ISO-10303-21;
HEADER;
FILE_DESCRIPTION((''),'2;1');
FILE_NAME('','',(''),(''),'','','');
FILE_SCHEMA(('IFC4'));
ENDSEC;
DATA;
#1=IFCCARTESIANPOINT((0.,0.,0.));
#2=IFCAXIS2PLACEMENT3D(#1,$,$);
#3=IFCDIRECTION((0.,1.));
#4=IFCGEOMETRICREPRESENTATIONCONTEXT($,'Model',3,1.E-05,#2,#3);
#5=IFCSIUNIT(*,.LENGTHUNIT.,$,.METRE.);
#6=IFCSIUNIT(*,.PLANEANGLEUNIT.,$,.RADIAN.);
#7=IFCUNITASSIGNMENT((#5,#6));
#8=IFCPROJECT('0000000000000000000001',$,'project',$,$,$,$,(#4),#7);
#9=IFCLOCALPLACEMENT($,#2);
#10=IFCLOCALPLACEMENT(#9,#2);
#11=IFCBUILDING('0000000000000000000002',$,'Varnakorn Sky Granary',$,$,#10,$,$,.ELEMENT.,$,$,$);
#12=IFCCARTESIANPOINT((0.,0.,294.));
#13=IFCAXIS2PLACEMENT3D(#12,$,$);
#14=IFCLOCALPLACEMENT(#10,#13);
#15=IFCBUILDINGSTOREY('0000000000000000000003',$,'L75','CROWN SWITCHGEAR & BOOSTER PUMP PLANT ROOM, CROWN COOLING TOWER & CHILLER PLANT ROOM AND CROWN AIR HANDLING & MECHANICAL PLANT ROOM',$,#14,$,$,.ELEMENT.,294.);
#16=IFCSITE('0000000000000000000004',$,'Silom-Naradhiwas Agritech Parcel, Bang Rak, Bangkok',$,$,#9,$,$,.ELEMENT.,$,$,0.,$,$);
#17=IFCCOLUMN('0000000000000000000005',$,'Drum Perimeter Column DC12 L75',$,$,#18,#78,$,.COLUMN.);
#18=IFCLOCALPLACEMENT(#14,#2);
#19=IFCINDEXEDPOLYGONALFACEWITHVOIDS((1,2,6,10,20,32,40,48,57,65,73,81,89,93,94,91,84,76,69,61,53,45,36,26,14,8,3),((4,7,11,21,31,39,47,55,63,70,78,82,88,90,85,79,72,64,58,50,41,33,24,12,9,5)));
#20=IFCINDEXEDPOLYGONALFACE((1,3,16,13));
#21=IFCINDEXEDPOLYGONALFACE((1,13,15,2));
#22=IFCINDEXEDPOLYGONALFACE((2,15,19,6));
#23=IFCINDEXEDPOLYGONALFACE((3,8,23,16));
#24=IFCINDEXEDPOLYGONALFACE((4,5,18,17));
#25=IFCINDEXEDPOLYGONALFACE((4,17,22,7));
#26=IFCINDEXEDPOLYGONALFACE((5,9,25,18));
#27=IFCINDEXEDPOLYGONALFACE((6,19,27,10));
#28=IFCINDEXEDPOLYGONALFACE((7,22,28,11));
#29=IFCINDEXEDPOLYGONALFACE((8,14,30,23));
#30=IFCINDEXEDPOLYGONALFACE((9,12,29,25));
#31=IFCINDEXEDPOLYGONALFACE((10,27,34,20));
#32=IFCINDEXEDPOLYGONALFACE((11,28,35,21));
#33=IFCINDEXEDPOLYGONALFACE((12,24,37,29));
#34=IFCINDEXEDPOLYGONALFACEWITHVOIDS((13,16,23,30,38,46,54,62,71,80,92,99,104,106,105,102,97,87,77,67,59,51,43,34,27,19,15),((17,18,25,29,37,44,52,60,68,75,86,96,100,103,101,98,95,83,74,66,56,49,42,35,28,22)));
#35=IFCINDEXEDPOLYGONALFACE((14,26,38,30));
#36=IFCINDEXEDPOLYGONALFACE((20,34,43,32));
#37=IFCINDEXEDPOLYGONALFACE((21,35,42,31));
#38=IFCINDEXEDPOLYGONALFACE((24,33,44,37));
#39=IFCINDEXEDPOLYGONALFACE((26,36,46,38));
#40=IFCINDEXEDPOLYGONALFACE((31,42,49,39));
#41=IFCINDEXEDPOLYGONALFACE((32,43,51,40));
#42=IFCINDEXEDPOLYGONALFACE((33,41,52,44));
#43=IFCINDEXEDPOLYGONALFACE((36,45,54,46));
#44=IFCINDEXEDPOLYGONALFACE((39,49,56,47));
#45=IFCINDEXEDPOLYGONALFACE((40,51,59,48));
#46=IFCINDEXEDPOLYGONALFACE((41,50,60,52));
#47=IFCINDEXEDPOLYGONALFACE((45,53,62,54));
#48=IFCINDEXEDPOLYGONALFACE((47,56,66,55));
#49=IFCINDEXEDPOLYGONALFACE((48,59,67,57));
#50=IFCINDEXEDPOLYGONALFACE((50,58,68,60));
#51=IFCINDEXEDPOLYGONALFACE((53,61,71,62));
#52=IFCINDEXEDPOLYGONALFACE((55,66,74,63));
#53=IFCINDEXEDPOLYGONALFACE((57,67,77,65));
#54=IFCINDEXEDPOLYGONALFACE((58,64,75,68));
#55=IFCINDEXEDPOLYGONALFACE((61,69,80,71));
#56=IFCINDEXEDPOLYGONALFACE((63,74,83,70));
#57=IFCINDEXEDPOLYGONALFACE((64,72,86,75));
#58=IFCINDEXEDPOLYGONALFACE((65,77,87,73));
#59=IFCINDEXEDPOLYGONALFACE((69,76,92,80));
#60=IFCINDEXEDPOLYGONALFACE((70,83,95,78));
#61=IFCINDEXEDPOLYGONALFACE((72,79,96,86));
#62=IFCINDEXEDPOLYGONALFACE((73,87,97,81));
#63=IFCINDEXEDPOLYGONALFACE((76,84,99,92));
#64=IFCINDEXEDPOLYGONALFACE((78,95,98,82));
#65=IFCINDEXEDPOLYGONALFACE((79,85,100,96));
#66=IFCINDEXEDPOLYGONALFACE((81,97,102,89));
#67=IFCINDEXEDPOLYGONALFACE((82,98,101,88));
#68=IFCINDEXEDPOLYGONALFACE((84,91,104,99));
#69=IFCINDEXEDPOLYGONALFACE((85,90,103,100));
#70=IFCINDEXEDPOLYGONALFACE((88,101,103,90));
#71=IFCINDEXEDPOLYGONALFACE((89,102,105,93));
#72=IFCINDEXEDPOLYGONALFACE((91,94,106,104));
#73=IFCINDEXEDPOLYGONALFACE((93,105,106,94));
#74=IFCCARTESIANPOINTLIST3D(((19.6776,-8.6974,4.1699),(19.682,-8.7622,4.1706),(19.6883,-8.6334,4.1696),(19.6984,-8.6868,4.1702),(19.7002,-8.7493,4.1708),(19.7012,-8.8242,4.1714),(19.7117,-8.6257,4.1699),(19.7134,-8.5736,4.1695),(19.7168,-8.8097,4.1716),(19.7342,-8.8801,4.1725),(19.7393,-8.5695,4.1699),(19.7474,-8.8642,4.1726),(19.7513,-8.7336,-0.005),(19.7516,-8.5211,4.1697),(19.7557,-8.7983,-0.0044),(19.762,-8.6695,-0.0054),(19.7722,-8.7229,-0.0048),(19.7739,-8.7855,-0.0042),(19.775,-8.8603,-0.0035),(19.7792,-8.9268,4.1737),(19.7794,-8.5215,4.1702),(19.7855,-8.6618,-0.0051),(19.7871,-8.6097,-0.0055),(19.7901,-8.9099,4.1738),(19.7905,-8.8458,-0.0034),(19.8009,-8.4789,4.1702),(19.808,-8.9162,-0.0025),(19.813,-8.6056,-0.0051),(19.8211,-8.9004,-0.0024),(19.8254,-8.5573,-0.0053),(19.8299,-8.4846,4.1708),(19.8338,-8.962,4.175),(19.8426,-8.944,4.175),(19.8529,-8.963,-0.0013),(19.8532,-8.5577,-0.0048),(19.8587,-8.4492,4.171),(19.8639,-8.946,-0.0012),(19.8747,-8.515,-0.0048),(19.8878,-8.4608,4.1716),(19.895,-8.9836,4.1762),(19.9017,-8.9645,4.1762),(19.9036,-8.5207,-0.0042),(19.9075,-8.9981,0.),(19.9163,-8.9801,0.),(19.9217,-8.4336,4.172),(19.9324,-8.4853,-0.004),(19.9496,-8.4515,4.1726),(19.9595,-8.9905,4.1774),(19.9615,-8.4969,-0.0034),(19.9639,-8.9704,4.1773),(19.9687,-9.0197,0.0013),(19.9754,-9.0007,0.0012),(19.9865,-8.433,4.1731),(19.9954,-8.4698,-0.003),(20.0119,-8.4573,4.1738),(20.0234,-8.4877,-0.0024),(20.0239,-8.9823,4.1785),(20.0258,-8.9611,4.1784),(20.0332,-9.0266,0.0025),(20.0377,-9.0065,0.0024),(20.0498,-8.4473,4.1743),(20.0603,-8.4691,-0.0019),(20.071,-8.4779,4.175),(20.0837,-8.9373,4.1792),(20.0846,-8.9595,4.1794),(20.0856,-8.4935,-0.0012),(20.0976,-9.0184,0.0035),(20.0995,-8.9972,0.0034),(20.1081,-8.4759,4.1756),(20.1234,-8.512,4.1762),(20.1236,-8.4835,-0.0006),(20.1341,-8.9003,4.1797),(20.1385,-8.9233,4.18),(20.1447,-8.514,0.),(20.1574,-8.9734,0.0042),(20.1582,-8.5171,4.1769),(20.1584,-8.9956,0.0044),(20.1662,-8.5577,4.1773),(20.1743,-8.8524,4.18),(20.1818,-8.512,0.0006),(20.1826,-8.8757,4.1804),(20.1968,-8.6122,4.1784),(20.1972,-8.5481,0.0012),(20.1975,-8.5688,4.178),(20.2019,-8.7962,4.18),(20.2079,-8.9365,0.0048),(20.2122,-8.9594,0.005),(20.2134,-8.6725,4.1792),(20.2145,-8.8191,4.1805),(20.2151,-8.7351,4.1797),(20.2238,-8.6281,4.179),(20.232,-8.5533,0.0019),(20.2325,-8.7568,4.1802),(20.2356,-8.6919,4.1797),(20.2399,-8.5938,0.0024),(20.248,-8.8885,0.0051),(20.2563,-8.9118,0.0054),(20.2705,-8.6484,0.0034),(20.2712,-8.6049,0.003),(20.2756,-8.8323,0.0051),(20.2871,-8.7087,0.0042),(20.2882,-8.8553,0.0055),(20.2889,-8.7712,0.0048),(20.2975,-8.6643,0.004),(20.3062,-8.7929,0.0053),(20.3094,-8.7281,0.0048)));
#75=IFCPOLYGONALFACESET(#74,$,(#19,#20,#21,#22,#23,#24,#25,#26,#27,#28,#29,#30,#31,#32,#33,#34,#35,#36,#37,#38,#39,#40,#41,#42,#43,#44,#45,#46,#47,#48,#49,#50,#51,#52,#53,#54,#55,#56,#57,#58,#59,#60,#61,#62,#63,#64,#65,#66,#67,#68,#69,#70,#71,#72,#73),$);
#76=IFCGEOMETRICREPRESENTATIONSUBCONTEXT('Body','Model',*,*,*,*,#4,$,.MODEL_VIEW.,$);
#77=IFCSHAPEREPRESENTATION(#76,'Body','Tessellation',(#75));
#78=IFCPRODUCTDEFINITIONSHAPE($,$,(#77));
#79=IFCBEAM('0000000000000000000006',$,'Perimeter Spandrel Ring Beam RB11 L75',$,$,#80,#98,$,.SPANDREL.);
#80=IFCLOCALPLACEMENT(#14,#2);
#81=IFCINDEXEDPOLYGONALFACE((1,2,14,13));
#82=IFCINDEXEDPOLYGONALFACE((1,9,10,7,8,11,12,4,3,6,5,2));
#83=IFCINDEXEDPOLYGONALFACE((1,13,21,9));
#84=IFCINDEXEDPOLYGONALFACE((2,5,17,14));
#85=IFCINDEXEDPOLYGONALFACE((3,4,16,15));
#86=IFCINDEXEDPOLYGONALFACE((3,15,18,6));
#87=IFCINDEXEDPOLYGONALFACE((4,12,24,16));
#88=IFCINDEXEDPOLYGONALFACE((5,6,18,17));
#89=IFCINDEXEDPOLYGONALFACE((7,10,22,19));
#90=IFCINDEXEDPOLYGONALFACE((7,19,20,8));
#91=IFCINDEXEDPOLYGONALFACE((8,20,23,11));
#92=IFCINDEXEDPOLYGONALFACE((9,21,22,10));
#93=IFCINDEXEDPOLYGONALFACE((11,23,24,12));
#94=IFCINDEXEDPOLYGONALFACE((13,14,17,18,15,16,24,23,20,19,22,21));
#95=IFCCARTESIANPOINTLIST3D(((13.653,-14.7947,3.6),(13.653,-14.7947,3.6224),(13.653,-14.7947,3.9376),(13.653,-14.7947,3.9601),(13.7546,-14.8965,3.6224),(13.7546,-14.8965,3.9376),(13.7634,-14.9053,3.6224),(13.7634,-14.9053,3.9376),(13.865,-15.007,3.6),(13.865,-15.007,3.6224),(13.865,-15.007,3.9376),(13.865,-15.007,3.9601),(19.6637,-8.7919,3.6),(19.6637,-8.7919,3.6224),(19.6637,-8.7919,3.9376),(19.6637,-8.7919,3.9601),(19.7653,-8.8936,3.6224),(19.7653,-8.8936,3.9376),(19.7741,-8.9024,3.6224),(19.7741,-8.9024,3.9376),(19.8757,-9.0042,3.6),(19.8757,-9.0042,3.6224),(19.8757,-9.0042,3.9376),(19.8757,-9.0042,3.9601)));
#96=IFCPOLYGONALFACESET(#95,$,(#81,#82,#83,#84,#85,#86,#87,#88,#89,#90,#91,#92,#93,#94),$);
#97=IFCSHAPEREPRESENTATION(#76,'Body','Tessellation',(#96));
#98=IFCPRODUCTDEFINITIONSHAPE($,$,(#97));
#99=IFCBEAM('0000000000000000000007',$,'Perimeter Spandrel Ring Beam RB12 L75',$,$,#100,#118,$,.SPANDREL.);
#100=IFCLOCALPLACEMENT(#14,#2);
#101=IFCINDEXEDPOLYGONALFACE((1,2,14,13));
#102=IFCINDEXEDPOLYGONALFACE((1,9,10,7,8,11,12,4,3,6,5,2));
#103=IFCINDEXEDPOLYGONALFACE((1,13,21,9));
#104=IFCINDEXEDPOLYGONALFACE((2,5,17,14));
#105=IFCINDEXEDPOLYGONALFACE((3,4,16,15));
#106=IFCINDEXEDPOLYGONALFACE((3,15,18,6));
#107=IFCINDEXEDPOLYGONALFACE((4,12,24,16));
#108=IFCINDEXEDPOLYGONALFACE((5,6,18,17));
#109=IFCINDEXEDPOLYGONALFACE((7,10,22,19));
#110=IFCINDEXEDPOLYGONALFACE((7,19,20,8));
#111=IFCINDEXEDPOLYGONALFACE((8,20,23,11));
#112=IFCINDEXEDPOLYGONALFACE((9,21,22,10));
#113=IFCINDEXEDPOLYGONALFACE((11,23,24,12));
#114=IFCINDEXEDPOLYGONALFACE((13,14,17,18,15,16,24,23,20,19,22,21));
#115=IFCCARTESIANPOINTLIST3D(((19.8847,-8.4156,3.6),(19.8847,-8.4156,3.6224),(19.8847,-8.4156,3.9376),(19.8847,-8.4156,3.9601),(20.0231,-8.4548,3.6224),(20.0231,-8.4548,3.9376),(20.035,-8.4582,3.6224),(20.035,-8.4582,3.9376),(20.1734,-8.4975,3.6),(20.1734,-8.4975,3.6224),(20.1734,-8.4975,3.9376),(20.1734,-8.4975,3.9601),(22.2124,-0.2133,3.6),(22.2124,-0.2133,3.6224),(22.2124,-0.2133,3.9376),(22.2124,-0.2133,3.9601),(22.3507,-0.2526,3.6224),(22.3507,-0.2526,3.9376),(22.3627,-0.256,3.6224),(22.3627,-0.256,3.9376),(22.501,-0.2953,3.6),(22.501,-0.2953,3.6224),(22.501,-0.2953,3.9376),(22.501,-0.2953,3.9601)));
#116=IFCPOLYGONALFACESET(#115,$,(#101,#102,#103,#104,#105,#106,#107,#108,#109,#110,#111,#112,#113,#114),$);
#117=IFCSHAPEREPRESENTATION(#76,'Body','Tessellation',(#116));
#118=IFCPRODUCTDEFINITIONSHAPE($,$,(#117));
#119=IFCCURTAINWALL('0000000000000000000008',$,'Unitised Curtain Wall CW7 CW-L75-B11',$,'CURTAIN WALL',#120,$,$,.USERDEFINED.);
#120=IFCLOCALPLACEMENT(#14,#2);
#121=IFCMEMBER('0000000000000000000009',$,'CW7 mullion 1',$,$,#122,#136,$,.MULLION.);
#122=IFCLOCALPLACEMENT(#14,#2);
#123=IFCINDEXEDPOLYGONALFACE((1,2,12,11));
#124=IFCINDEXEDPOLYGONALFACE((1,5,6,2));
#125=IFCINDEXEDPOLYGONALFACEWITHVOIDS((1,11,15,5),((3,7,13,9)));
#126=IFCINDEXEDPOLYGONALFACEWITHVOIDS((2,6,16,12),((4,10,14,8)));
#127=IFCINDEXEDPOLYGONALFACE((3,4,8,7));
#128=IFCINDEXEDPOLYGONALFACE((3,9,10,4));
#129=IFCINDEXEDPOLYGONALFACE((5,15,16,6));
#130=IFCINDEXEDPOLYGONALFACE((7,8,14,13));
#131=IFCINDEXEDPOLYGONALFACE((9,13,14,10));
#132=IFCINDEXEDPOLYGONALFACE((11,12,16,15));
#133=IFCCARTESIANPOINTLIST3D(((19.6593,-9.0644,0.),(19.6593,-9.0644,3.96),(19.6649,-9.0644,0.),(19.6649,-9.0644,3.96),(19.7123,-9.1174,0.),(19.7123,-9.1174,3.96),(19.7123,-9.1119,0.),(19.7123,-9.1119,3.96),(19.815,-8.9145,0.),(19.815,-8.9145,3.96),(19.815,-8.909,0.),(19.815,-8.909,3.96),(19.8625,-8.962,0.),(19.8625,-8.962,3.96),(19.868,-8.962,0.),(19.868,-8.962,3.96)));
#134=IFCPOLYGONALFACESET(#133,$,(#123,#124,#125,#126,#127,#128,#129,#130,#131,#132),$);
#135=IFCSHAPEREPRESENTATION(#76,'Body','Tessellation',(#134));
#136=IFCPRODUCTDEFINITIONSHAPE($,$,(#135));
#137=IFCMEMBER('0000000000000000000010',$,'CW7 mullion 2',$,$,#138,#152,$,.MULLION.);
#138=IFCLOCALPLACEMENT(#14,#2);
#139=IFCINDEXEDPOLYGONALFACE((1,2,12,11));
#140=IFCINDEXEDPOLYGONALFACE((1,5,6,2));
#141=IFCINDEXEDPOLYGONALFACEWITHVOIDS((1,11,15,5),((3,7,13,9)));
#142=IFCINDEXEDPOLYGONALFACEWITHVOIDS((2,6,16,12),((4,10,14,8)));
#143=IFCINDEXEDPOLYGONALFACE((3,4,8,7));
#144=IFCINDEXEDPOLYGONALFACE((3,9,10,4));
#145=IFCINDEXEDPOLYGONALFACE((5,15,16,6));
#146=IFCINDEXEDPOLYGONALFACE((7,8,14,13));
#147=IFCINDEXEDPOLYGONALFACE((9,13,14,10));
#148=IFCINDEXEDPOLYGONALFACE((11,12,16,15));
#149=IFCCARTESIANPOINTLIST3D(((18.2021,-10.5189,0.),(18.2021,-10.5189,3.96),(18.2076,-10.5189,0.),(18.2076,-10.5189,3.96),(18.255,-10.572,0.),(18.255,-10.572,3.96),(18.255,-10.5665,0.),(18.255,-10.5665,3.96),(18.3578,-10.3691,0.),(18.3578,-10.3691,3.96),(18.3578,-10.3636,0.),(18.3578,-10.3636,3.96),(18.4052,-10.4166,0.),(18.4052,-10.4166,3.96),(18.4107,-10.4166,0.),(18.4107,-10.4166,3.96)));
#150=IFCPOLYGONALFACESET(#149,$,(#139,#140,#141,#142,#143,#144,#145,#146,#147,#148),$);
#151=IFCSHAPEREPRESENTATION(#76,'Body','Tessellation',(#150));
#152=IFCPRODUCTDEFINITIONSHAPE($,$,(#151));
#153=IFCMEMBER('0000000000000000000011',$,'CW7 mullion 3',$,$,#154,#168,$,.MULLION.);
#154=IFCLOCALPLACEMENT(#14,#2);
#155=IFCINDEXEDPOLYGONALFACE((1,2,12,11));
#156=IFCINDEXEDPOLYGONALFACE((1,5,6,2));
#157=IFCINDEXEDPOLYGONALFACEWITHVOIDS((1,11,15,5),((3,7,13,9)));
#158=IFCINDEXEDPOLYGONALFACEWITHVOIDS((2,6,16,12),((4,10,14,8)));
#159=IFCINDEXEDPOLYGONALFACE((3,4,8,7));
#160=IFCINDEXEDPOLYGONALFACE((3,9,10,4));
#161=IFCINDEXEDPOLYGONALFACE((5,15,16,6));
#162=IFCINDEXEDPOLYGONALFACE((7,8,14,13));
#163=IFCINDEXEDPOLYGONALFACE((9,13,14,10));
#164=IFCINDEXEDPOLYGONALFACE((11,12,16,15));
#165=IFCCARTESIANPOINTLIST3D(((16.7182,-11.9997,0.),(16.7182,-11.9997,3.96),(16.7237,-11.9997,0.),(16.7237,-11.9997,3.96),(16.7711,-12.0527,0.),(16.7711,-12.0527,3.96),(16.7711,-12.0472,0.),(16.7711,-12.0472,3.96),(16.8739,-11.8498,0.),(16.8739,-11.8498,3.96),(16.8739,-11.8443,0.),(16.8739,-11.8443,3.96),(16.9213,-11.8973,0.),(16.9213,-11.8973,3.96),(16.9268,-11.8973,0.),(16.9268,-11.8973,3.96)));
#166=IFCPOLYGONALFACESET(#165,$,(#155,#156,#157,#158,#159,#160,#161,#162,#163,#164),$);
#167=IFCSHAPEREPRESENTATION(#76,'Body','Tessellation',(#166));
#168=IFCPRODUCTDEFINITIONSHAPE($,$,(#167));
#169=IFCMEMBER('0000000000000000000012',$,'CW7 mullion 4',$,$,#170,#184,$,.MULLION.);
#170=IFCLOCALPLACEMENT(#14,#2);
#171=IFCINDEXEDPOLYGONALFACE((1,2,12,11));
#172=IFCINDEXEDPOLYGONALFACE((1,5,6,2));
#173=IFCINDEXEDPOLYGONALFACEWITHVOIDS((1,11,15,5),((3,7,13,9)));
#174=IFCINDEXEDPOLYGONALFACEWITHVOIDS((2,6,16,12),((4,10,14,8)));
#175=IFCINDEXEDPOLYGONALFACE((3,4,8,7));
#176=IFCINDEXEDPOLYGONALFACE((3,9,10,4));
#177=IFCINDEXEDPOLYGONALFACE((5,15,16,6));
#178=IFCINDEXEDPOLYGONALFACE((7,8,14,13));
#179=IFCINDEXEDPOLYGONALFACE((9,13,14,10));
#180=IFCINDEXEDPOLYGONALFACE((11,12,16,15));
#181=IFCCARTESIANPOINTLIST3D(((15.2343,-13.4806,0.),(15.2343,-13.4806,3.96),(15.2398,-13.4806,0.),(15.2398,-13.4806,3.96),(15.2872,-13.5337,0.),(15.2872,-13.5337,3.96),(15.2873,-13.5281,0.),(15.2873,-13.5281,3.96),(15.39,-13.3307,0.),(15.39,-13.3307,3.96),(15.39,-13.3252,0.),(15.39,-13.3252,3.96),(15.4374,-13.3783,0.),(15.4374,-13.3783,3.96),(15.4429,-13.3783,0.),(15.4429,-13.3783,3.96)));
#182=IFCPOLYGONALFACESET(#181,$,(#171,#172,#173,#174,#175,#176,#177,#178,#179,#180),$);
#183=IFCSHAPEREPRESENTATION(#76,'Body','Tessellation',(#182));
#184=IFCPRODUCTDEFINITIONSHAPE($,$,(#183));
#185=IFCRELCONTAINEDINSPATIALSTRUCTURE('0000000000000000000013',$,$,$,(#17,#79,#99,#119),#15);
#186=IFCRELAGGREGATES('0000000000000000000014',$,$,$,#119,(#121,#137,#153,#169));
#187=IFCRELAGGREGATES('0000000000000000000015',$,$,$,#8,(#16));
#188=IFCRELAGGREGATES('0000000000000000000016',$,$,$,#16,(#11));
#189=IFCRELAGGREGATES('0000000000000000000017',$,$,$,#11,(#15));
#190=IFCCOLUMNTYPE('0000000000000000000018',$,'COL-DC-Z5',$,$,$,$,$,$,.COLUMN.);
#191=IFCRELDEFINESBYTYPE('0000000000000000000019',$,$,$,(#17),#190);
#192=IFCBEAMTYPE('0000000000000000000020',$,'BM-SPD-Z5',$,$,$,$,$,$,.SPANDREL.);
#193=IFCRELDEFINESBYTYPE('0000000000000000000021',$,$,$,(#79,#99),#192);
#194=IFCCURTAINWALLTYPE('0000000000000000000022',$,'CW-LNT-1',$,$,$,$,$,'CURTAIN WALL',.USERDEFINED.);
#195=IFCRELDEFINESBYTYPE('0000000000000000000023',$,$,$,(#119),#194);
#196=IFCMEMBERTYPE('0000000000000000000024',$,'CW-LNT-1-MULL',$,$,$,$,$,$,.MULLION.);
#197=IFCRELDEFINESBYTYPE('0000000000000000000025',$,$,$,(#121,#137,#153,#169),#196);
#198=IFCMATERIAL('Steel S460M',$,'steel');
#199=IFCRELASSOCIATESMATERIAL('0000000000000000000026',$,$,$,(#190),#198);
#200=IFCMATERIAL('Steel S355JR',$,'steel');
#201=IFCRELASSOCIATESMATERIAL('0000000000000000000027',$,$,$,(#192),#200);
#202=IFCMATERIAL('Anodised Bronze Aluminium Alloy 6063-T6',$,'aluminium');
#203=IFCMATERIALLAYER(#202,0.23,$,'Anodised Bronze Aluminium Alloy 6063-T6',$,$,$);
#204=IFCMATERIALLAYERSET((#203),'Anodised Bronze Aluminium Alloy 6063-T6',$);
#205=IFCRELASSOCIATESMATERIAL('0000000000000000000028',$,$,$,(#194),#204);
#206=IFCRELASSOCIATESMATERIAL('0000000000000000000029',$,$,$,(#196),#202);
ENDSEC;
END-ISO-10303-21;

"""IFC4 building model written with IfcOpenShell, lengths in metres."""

from ifc_helpers import new_model, si_unit, direction, frame, origin, origin_2d, place, context, subcontext, project, spatial, hollow_rectangle, hollow_circle, i_section, extrude, material, layer, layer_set, material_profile, profile_set, type_object, element, aggregate, save


model = new_model("IFC4")

# Units and contexts
model_context = context("Model", 3, precision=1e-05, world=origin(), true_north=direction((0.0, 1.0)))
body_context = subcontext(model_context, "Body", "Model", "MODEL_VIEW")
ifc_project = project(units=[si_unit("LENGTHUNIT", "METRE"), si_unit("PLANEANGLEUNIT", "RADIAN")], contexts=[model_context])

# Site, building, storey
site_placement = place(None, origin())
site = spatial("IfcSite", under=ifc_project, at=site_placement, Name="Silom-Naradhiwas Agritech Parcel, Bang Rak, Bangkok", CompositionType="ELEMENT", RefElevation=0.0)
building_placement = place(site_placement, origin())
building = spatial("IfcBuilding", under=site, at=building_placement, Name="Varnakorn Sky Granary", CompositionType="ELEMENT")
storey_placement = place(building_placement, frame((0.0, 0.0, 294.0)))
storey = spatial("IfcBuildingStorey", under=building, at=storey_placement, Name="L75", Description="CROWN SWITCHGEAR & BOOSTER PUMP PLANT ROOM, CROWN COOLING TOWER & CHILLER PLANT ROOM AND CROWN AIR HANDLING & MECHANICAL PLANT ROOM", CompositionType="ELEMENT", Elevation=294.0)

# Column
ifc_material_1 = material(Name="Steel S460M", Category="steel")
ifc_material_profile_1 = material_profile(ifc_material_1, hollow_circle(Radius=0.2795, WallThickness=0.02, at=origin_2d()), Name="CHS 559x20")
ifc_profile_set_1 = profile_set([ifc_material_profile_1], Name="Steel S460M")
column_type = type_object("IfcColumnType", Name="COL-DC-Z5", PredefinedType="COLUMN", material=ifc_profile_set_1)
column_placement = place(storey_placement, frame((20.0305, -8.7471, 0.0), z_axis=(-0.017656, 0.008653, 0.999807), x_axis=(-0.440063, -0.897967, 0.0)))
element("IfcColumn", 1, at=column_placement, inside=storey, type_object=column_type, Name="Drum Perimeter Column DC12 L75", PredefinedType="COLUMN", context=body_context, shape_type="SweptSolid", body=[
    extrude(hollow_circle(Radius=0.2795, WallThickness=0.02, at=origin_2d()), origin(), (0.0, 0.0, 1.0), 4.1758),
])

# Beams
ifc_material_2 = material(Name="Steel S355JR", Category="steel")
ifc_material_profile_2 = material_profile(ifc_material_2, i_section(OverallWidth=0.3, OverallDepth=0.3601, WebThickness=0.0125, FlangeThickness=0.0225, at=origin_2d()), Name="HE 360 B")
ifc_profile_set_2 = profile_set([ifc_material_profile_2], Name="Steel S355JR")
beam_type = type_object("IfcBeamType", Name="BM-SPD-Z5", PredefinedType="SPANDREL", material=ifc_profile_set_2)
beam_1_placement = place(storey_placement, frame((13.759, -14.9009, 3.78), z_axis=(0.707566, 0.706647, 0.0), x_axis=(-0.706647, 0.707566, 0.0)))
element("IfcBeam", 2, at=beam_1_placement, inside=storey, type_object=beam_type, Name="Perimeter Spandrel Ring Beam RB11 L75", PredefinedType="SPANDREL", context=body_context, shape_type="SweptSolid", body=[
    extrude(i_section(OverallWidth=0.3, OverallDepth=0.3601, WebThickness=0.0125, FlangeThickness=0.0225, at=origin_2d()), origin(), (0.0, 0.0, 1.0), 8.4949),
])
beam_2_placement = place(storey_placement, frame((20.0291, -8.4565, 3.78), z_axis=(0.273004, 0.962013, 0.0), x_axis=(-0.962013, 0.273004, 0.0)))
element("IfcBeam", 3, at=beam_2_placement, inside=storey, type_object=beam_type, Name="Perimeter Spandrel Ring Beam RB12 L75", PredefinedType="SPANDREL", context=body_context, shape_type="SweptSolid", body=[
    extrude(i_section(OverallWidth=0.3, OverallDepth=0.3601, WebThickness=0.0125, FlangeThickness=0.0225, at=origin_2d()), origin(), (0.0, 0.0, 1.0), 8.5261),
])

# Curtain wall, members
ifc_material_3 = material(Name="Anodised Bronze Aluminium Alloy 6063-T6", Category="aluminium")
ifc_layer_1 = layer(ifc_material_3, 0.23, Name="Anodised Bronze Aluminium Alloy 6063-T6")
ifc_layer_set_1 = layer_set([ifc_layer_1], Name="Anodised Bronze Aluminium Alloy 6063-T6")
curtain_wall_type = type_object("IfcCurtainWallType", Name="CW-LNT-1", ElementType="CURTAIN WALL", PredefinedType="USERDEFINED", material=ifc_layer_set_1)
curtain_wall_1_placement = place(storey_placement, origin())
curtain_wall_1 = element("IfcCurtainWall", 4, at=curtain_wall_1_placement, inside=storey, type_object=curtain_wall_type, Name="Unitised Curtain Wall CW7 CW-L75-B11", ObjectType="CURTAIN WALL", PredefinedType="USERDEFINED")
ifc_material_profile_3 = material_profile(ifc_material_3, hollow_rectangle(XDim=0.075, YDim=0.22, WallThickness=0.0039, at=origin_2d()), Name="ALU MULL 75x220")
ifc_profile_set_3 = profile_set([ifc_material_profile_3], Name="Anodised Bronze Aluminium Alloy 6063-T6")
member_type_1 = type_object("IfcMemberType", Name="CW-LNT-1-MULL", PredefinedType="MULLION", material=ifc_profile_set_3)
member_1_placement = place(storey_placement, frame((19.7637, -9.0132, 0.0), z_axis=(0.0, 0.0, 1.0), x_axis=(0.706397, -0.707816, 0.0)))
member_1 = element("IfcMember", 5, at=member_1_placement, type_object=member_type_1, Name="CW7 mullion 1", PredefinedType="MULLION", context=body_context, shape_type="SweptSolid", body=[
    extrude(hollow_rectangle(XDim=0.075, YDim=0.22, WallThickness=0.0039, at=origin_2d()), origin(), (0.0, 0.0, 1.0), 3.96),
])
member_2_placement = place(storey_placement, frame((18.3064, -10.4678, 0.0), z_axis=(0.0, 0.0, 1.0), x_axis=(0.706397, -0.707816, 0.0)))
member_2 = element("IfcMember", 6, at=member_2_placement, type_object=member_type_1, Name="CW7 mullion 2", PredefinedType="MULLION", context=body_context, shape_type="SweptSolid", body=[
    extrude(hollow_rectangle(XDim=0.075, YDim=0.22, WallThickness=0.0039, at=origin_2d()), origin(), (0.0, 0.0, 1.0), 3.96),
])
member_3_placement = place(storey_placement, frame((16.8225, -11.9485, 0.0), z_axis=(0.0, 0.0, 1.0), x_axis=(0.706397, -0.707816, 0.0)))
member_3 = element("IfcMember", 7, at=member_3_placement, type_object=member_type_1, Name="CW7 mullion 3", PredefinedType="MULLION", context=body_context, shape_type="SweptSolid", body=[
    extrude(hollow_rectangle(XDim=0.075, YDim=0.22, WallThickness=0.0039, at=origin_2d()), origin(), (0.0, 0.0, 1.0), 3.96),
])
member_4_placement = place(storey_placement, frame((15.3386, -13.4294, 0.0), z_axis=(0.0, 0.0, 1.0), x_axis=(0.706397, -0.707816, 0.0)))
member_4 = element("IfcMember", 8, at=member_4_placement, type_object=member_type_1, Name="CW7 mullion 4", PredefinedType="MULLION", context=body_context, shape_type="SweptSolid", body=[
    extrude(hollow_rectangle(XDim=0.075, YDim=0.22, WallThickness=0.0039, at=origin_2d()), origin(), (0.0, 0.0, 1.0), 3.96),
])

aggregate(curtain_wall_1, [member_1, member_2, member_3, member_4])

save(model, "model.ifc")
